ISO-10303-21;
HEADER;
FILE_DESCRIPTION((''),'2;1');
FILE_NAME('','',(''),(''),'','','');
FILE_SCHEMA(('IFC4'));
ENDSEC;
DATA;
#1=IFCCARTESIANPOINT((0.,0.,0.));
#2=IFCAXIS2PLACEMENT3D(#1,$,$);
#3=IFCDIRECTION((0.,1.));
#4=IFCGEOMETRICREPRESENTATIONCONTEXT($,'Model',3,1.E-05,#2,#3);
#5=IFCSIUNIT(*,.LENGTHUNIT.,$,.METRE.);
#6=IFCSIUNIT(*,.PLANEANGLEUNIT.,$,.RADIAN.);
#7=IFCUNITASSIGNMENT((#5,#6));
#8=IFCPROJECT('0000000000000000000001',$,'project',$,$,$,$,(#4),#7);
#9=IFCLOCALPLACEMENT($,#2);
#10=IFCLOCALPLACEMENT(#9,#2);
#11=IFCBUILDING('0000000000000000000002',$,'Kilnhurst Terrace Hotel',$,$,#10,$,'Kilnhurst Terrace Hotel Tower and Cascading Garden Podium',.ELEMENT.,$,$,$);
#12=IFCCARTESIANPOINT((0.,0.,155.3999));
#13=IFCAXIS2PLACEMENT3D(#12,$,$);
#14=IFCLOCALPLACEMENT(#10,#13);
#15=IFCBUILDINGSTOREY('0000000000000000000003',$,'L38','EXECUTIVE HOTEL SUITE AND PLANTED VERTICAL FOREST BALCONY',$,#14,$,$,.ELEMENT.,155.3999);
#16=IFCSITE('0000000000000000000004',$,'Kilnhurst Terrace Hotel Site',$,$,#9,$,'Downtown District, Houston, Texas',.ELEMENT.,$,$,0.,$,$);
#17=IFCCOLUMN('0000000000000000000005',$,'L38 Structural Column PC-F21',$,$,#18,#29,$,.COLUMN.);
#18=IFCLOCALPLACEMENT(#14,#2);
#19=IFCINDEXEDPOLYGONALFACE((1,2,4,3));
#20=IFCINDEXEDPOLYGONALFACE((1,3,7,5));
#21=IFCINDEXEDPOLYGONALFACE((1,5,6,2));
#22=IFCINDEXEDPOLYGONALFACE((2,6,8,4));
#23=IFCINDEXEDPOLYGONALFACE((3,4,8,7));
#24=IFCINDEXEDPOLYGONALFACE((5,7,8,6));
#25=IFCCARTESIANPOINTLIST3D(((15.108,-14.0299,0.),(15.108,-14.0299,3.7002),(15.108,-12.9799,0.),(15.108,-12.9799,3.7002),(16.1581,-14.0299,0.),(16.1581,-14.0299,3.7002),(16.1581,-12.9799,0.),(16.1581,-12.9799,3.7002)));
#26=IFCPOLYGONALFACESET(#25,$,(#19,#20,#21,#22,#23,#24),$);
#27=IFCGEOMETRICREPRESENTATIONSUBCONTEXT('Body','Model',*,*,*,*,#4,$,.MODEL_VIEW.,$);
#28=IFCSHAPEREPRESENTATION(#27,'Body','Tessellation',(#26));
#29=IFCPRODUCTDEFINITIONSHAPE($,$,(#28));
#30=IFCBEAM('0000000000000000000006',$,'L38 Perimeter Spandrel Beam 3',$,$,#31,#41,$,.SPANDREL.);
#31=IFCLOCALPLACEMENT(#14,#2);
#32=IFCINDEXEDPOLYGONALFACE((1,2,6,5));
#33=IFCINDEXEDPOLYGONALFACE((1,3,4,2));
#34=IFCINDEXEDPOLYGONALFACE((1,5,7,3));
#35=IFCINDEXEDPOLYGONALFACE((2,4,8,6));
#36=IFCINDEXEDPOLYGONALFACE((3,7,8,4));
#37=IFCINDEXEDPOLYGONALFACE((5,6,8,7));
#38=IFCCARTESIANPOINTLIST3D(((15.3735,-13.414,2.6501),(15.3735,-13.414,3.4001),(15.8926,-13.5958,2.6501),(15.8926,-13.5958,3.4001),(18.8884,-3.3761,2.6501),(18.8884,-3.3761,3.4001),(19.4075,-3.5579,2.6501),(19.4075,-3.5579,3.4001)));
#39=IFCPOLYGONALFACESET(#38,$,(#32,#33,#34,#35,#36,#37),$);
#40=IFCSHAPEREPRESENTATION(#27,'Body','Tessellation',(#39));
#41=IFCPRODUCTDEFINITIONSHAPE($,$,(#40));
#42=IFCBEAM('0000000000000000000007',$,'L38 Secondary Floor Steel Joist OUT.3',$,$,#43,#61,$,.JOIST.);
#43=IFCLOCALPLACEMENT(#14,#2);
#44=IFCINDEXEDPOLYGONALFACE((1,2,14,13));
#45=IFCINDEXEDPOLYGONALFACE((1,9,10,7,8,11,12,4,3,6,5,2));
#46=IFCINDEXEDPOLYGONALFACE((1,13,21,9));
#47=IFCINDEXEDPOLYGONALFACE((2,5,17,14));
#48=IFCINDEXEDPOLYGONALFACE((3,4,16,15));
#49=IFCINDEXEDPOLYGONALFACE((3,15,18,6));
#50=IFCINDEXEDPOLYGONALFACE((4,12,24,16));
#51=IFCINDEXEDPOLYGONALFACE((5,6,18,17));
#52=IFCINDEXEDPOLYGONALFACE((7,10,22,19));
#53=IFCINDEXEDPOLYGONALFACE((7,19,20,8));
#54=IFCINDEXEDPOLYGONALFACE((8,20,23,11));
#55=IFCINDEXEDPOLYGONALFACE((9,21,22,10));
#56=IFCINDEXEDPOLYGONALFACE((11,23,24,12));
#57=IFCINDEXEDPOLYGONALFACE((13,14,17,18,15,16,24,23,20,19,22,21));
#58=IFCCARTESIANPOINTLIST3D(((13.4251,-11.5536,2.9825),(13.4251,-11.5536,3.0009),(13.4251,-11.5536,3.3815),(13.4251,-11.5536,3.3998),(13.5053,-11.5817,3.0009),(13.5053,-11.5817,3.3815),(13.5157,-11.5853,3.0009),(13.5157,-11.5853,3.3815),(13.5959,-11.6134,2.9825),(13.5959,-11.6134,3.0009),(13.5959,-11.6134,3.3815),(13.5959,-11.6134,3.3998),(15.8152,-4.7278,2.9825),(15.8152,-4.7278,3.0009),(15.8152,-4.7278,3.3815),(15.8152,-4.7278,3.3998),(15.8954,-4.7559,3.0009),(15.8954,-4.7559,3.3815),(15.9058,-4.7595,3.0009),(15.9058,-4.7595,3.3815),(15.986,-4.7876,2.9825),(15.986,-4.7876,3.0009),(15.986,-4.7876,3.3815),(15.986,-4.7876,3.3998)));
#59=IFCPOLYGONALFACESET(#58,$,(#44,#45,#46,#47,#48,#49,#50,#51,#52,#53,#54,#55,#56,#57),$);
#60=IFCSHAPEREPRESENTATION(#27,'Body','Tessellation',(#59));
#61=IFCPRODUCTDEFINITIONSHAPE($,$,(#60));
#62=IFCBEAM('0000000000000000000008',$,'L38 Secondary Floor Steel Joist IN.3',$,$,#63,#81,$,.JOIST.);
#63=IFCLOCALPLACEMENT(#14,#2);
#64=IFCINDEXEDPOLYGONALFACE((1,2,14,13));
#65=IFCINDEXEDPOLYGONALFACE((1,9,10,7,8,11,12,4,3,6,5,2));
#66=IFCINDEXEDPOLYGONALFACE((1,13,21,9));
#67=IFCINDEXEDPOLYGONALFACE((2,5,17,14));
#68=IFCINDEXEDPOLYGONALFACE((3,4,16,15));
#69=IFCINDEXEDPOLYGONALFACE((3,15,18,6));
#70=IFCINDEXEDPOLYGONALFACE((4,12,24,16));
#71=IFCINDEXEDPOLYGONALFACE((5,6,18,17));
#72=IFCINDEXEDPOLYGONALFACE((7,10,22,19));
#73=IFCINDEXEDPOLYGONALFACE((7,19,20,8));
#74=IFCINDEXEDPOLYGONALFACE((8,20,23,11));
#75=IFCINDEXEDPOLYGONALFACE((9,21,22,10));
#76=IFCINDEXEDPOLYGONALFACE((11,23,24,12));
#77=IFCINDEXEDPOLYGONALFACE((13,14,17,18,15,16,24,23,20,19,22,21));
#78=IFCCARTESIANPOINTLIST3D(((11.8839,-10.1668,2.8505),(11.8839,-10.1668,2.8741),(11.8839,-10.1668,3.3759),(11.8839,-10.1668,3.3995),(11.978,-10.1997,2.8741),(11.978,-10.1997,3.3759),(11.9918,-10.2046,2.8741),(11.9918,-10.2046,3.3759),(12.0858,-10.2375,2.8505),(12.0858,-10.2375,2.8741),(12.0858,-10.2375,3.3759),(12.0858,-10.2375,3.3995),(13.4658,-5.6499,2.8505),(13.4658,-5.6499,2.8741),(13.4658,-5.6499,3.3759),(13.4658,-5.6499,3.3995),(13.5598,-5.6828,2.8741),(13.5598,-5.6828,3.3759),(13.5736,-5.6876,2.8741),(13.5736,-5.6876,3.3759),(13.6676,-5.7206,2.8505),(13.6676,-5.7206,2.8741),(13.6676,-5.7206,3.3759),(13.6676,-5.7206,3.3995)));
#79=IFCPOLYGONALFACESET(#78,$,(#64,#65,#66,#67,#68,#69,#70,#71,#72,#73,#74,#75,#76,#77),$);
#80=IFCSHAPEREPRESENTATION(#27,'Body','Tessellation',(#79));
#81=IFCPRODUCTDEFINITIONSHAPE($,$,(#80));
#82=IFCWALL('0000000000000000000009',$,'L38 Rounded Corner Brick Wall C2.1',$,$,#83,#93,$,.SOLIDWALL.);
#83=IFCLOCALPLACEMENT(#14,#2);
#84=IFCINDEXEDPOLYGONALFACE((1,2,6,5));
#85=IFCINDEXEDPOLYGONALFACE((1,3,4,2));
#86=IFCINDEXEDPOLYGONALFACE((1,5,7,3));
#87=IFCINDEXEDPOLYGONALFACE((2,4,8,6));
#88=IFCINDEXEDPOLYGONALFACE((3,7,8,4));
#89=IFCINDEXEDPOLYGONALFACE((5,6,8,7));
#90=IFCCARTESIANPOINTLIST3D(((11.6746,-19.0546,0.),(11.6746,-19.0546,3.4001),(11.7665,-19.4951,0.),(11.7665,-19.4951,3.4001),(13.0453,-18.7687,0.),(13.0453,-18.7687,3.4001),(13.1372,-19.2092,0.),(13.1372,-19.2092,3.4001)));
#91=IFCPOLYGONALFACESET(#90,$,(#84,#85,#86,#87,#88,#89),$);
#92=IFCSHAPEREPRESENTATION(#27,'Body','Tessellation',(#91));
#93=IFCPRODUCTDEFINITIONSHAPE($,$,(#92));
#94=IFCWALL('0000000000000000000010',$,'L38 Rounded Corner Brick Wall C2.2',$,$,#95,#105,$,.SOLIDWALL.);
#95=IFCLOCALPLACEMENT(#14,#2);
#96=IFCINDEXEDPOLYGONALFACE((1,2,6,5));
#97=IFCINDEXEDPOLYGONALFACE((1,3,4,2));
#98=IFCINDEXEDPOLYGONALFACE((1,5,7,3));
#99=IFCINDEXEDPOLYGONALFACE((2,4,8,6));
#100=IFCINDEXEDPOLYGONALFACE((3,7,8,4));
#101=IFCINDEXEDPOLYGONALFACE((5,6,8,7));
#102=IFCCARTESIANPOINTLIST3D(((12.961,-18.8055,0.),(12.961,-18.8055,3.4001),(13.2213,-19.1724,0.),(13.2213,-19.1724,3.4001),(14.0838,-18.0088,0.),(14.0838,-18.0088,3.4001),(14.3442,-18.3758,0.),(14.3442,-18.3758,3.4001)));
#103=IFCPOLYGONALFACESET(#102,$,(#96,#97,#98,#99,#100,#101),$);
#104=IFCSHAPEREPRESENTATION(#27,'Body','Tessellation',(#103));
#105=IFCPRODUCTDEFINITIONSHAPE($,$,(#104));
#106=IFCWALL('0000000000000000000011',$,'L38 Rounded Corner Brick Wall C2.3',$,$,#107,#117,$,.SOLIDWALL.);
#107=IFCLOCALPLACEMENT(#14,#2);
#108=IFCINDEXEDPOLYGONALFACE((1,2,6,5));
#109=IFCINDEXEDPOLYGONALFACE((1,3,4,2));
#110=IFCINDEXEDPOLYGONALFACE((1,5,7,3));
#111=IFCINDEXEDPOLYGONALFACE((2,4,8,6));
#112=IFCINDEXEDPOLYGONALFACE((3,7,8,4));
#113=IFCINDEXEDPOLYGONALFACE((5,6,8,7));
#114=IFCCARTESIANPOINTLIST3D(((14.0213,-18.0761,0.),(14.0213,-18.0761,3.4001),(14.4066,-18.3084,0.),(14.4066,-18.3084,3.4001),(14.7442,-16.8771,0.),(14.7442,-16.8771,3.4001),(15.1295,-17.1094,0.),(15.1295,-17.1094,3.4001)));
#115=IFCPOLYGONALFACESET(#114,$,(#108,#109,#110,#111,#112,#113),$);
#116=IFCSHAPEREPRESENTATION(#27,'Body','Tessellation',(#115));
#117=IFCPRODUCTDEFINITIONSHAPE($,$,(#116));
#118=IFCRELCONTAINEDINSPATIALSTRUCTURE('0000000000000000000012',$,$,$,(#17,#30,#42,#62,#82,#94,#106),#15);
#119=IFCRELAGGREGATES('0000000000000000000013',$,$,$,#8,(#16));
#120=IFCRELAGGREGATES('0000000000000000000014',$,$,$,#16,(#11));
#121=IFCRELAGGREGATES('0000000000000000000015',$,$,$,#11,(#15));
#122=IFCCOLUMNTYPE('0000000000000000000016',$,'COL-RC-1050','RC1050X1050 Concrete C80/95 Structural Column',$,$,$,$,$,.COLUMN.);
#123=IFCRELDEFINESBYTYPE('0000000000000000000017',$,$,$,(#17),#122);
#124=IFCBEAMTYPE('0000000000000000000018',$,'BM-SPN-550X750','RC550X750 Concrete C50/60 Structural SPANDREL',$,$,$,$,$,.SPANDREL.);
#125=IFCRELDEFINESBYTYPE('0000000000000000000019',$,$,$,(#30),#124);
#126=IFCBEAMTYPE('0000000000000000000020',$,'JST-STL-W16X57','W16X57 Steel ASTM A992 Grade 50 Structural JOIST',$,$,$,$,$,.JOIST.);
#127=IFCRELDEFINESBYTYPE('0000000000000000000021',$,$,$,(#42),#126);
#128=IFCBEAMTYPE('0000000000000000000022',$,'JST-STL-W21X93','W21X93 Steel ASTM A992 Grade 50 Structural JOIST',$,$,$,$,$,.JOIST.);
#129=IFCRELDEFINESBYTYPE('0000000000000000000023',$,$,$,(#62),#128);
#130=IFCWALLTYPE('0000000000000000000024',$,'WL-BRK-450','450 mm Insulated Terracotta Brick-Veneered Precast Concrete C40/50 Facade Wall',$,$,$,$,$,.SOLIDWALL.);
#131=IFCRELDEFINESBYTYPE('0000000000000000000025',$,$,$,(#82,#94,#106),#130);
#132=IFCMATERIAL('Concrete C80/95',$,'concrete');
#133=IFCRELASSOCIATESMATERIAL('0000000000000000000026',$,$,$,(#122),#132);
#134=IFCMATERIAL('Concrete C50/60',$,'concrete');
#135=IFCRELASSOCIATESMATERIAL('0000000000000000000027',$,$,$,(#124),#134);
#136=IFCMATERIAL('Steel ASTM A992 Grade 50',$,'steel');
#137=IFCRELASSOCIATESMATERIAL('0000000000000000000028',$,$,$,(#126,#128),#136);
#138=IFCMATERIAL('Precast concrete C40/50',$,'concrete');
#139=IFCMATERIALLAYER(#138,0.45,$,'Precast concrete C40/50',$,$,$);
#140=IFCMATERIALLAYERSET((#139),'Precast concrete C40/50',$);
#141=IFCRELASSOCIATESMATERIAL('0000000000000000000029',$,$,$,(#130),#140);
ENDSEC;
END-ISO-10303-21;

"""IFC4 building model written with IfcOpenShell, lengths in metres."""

from ifc_helpers import new_model, si_unit, direction, frame, frame_2d, origin, origin_2d, place, context, subcontext, project, spatial, rectangle, i_section, extrude, material, layer, layer_set, material_profile, profile_set, type_object, element, save


model = new_model("IFC4")

# Units and contexts
model_context = context("Model", 3, precision=1e-05, world=origin(), true_north=direction((0.0, 1.0)))
body_context = subcontext(model_context, "Body", "Model", "MODEL_VIEW")
ifc_project = project(units=[si_unit("LENGTHUNIT", "METRE"), si_unit("PLANEANGLEUNIT", "RADIAN")], contexts=[model_context])

# Site, building, storey
site_placement = place(None, origin())
site = spatial("IfcSite", under=ifc_project, at=site_placement, Name="Kilnhurst Terrace Hotel Site", LongName="Downtown District, Houston, Texas", CompositionType="ELEMENT", RefElevation=0.0)
building_placement = place(site_placement, origin())
building = spatial("IfcBuilding", under=site, at=building_placement, Name="Kilnhurst Terrace Hotel", LongName="Kilnhurst Terrace Hotel Tower and Cascading Garden Podium", CompositionType="ELEMENT")
storey_placement = place(building_placement, frame((0.0, 0.0, 155.3999)))
storey = spatial("IfcBuildingStorey", under=building, at=storey_placement, Name="L38", Description="EXECUTIVE HOTEL SUITE AND PLANTED VERTICAL FOREST BALCONY", CompositionType="ELEMENT", Elevation=155.3999)

# Column
ifc_material_1 = material(Name="Concrete C80/95", Category="concrete")
ifc_material_profile_1 = material_profile(ifc_material_1, rectangle(XDim=1.05, YDim=1.05, at=origin_2d()), Name="RC1050X1050")
ifc_profile_set_1 = profile_set([ifc_material_profile_1], Name="Concrete C80/95")
column_type = type_object("IfcColumnType", Name="COL-RC-1050", Description="RC1050X1050 Concrete C80/95 Structural Column", PredefinedType="COLUMN", material=ifc_profile_set_1)
column_placement = place(storey_placement, frame((15.6331, -13.5049, 0.0), z_axis=(0.0, 0.0, 1.0), x_axis=(1.0, 0.0, 0.0)))
element("IfcColumn", 1, at=column_placement, inside=storey, type_object=column_type, Name="L38 Structural Column PC-F21", PredefinedType="COLUMN", context=body_context, shape_type="SweptSolid", body=[
    extrude(rectangle(XDim=1.05, YDim=1.05, at=origin_2d()), origin(), (0.0, 0.0, 1.0), 3.7002),
])

# Beams
ifc_material_2 = material(Name="Concrete C50/60", Category="concrete")
ifc_material_profile_2 = material_profile(ifc_material_2, rectangle(XDim=0.55, YDim=0.75, at=origin_2d()), Name="RC550X750")
ifc_profile_set_2 = profile_set([ifc_material_profile_2], Name="Concrete C50/60")
beam_type_1 = type_object("IfcBeamType", Name="BM-SPN-550X750", Description="RC550X750 Concrete C50/60 Structural SPANDREL", PredefinedType="SPANDREL", material=ifc_profile_set_2)
beam_1_placement = place(storey_placement, frame((15.6331, -13.5049, 3.0251), z_axis=(0.330488, 0.94381, 0.0), x_axis=(-0.94381, 0.330488, 0.0)))
element("IfcBeam", 2, at=beam_1_placement, inside=storey, type_object=beam_type_1, Name="L38 Perimeter Spandrel Beam 3", PredefinedType="SPANDREL", context=body_context, shape_type="SweptSolid", body=[
    extrude(rectangle(XDim=0.55, YDim=0.75, at=origin_2d()), origin(), (0.0, 0.0, 1.0), 10.6355),
])
ifc_material_3 = material(Name="Steel ASTM A992 Grade 50", Category="steel")
ifc_material_profile_3 = material_profile(ifc_material_3, i_section(OverallWidth=0.1809, OverallDepth=0.4172, WebThickness=0.011, FlangeThickness=0.0183, at=origin_2d()), Name="W16X57")
ifc_profile_set_3 = profile_set([ifc_material_profile_3], Name="Steel ASTM A992 Grade 50")
beam_type_2 = type_object("IfcBeamType", Name="JST-STL-W16X57", Description="W16X57 Steel ASTM A992 Grade 50 Structural JOIST", PredefinedType="JOIST", material=ifc_profile_set_3)
beam_2_placement = place(storey_placement, frame((13.5105, -11.5835, 3.1912), z_axis=(0.330481, 0.943813, 0.0), x_axis=(-0.943813, 0.330481, 0.0)))
element("IfcBeam", 3, at=beam_2_placement, inside=storey, type_object=beam_type_2, Name="L38 Secondary Floor Steel Joist OUT.3", PredefinedType="JOIST", context=body_context, shape_type="SweptSolid", body=[
    extrude(i_section(OverallWidth=0.1809, OverallDepth=0.4172, WebThickness=0.011, FlangeThickness=0.0183, at=origin_2d()), origin(), (0.0, 0.0, 1.0), 7.2322),
])
ifc_material_profile_4 = material_profile(ifc_material_3, i_section(OverallWidth=0.2139, OverallDepth=0.5491, WebThickness=0.0146, FlangeThickness=0.0237, at=origin_2d()), Name="W21X93")
ifc_profile_set_4 = profile_set([ifc_material_profile_4], Name="Steel ASTM A992 Grade 50")
beam_type_3 = type_object("IfcBeamType", Name="JST-STL-W21X93", Description="W21X93 Steel ASTM A992 Grade 50 Structural JOIST", PredefinedType="JOIST", material=ifc_profile_set_4)
beam_3_placement = place(storey_placement, frame((11.9849, -10.2021, 3.125), z_axis=(0.330516, 0.9438, 0.0), x_axis=(-0.9438, 0.330516, 0.0)))
element("IfcBeam", 4, at=beam_3_placement, inside=storey, type_object=beam_type_3, Name="L38 Secondary Floor Steel Joist IN.3", PredefinedType="JOIST", context=body_context, shape_type="SweptSolid", body=[
    extrude(i_section(OverallWidth=0.2139, OverallDepth=0.5491, WebThickness=0.0146, FlangeThickness=0.0237, at=origin_2d()), origin(), (0.0, 0.0, 1.0), 4.7859),
])

# Walls
ifc_material_4 = material(Name="Precast concrete C40/50", Category="concrete")
ifc_layer_1 = layer(ifc_material_4, 0.45, Name="Precast concrete C40/50")
ifc_layer_set_1 = layer_set([ifc_layer_1], Name="Precast concrete C40/50")
wall_type_1 = type_object("IfcWallType", Name="WL-BRK-450", Description="450 mm Insulated Terracotta Brick-Veneered Precast Concrete C40/50 Facade Wall", PredefinedType="SOLIDWALL", material=ifc_layer_set_1)
wall_1_placement = place(storey_placement, frame((11.7205, -19.2749, 0.0), z_axis=(0.0, 0.0, 1.0), x_axis=(0.978931, 0.204191, 0.0)))
element("IfcWall", 5, at=wall_1_placement, inside=storey, type_object=wall_type_1, Name="L38 Rounded Corner Brick Wall C2.1", PredefinedType="SOLIDWALL", context=body_context, shape_type="SweptSolid", body=[
    extrude(rectangle(XDim=1.4001, YDim=0.45, at=frame_2d((0.7002, 0.0))), origin(), (0.0, 0.0, 1.0), 3.4001),
])
wall_2_placement = place(storey_placement, frame((13.0911, -18.989, 0.0), z_axis=(0.0, 0.0, 1.0), x_axis=(0.815575, 0.578652, 0.0)))
element("IfcWall", 6, at=wall_2_placement, inside=storey, type_object=wall_type_1, Name="L38 Rounded Corner Brick Wall C2.2", PredefinedType="SOLIDWALL", context=body_context, shape_type="SweptSolid", body=[
    extrude(rectangle(XDim=1.3767, YDim=0.45, at=frame_2d((0.6885, 0.0))), origin(), (0.0, 0.0, 1.0), 3.4001),
])
wall_3_placement = place(storey_placement, frame((14.2139, -18.1924, 0.0), z_axis=(0.0, 0.0, 1.0), x_axis=(0.516341, 0.856383, 0.0)))
element("IfcWall", 7, at=wall_3_placement, inside=storey, type_object=wall_type_1, Name="L38 Rounded Corner Brick Wall C2.3", PredefinedType="SOLIDWALL", context=body_context, shape_type="SweptSolid", body=[
    extrude(rectangle(XDim=1.4001, YDim=0.45, at=frame_2d((0.7002, 0.0))), origin(), (0.0, 0.0, 1.0), 3.4001),
])

save(model, "model.ifc")
